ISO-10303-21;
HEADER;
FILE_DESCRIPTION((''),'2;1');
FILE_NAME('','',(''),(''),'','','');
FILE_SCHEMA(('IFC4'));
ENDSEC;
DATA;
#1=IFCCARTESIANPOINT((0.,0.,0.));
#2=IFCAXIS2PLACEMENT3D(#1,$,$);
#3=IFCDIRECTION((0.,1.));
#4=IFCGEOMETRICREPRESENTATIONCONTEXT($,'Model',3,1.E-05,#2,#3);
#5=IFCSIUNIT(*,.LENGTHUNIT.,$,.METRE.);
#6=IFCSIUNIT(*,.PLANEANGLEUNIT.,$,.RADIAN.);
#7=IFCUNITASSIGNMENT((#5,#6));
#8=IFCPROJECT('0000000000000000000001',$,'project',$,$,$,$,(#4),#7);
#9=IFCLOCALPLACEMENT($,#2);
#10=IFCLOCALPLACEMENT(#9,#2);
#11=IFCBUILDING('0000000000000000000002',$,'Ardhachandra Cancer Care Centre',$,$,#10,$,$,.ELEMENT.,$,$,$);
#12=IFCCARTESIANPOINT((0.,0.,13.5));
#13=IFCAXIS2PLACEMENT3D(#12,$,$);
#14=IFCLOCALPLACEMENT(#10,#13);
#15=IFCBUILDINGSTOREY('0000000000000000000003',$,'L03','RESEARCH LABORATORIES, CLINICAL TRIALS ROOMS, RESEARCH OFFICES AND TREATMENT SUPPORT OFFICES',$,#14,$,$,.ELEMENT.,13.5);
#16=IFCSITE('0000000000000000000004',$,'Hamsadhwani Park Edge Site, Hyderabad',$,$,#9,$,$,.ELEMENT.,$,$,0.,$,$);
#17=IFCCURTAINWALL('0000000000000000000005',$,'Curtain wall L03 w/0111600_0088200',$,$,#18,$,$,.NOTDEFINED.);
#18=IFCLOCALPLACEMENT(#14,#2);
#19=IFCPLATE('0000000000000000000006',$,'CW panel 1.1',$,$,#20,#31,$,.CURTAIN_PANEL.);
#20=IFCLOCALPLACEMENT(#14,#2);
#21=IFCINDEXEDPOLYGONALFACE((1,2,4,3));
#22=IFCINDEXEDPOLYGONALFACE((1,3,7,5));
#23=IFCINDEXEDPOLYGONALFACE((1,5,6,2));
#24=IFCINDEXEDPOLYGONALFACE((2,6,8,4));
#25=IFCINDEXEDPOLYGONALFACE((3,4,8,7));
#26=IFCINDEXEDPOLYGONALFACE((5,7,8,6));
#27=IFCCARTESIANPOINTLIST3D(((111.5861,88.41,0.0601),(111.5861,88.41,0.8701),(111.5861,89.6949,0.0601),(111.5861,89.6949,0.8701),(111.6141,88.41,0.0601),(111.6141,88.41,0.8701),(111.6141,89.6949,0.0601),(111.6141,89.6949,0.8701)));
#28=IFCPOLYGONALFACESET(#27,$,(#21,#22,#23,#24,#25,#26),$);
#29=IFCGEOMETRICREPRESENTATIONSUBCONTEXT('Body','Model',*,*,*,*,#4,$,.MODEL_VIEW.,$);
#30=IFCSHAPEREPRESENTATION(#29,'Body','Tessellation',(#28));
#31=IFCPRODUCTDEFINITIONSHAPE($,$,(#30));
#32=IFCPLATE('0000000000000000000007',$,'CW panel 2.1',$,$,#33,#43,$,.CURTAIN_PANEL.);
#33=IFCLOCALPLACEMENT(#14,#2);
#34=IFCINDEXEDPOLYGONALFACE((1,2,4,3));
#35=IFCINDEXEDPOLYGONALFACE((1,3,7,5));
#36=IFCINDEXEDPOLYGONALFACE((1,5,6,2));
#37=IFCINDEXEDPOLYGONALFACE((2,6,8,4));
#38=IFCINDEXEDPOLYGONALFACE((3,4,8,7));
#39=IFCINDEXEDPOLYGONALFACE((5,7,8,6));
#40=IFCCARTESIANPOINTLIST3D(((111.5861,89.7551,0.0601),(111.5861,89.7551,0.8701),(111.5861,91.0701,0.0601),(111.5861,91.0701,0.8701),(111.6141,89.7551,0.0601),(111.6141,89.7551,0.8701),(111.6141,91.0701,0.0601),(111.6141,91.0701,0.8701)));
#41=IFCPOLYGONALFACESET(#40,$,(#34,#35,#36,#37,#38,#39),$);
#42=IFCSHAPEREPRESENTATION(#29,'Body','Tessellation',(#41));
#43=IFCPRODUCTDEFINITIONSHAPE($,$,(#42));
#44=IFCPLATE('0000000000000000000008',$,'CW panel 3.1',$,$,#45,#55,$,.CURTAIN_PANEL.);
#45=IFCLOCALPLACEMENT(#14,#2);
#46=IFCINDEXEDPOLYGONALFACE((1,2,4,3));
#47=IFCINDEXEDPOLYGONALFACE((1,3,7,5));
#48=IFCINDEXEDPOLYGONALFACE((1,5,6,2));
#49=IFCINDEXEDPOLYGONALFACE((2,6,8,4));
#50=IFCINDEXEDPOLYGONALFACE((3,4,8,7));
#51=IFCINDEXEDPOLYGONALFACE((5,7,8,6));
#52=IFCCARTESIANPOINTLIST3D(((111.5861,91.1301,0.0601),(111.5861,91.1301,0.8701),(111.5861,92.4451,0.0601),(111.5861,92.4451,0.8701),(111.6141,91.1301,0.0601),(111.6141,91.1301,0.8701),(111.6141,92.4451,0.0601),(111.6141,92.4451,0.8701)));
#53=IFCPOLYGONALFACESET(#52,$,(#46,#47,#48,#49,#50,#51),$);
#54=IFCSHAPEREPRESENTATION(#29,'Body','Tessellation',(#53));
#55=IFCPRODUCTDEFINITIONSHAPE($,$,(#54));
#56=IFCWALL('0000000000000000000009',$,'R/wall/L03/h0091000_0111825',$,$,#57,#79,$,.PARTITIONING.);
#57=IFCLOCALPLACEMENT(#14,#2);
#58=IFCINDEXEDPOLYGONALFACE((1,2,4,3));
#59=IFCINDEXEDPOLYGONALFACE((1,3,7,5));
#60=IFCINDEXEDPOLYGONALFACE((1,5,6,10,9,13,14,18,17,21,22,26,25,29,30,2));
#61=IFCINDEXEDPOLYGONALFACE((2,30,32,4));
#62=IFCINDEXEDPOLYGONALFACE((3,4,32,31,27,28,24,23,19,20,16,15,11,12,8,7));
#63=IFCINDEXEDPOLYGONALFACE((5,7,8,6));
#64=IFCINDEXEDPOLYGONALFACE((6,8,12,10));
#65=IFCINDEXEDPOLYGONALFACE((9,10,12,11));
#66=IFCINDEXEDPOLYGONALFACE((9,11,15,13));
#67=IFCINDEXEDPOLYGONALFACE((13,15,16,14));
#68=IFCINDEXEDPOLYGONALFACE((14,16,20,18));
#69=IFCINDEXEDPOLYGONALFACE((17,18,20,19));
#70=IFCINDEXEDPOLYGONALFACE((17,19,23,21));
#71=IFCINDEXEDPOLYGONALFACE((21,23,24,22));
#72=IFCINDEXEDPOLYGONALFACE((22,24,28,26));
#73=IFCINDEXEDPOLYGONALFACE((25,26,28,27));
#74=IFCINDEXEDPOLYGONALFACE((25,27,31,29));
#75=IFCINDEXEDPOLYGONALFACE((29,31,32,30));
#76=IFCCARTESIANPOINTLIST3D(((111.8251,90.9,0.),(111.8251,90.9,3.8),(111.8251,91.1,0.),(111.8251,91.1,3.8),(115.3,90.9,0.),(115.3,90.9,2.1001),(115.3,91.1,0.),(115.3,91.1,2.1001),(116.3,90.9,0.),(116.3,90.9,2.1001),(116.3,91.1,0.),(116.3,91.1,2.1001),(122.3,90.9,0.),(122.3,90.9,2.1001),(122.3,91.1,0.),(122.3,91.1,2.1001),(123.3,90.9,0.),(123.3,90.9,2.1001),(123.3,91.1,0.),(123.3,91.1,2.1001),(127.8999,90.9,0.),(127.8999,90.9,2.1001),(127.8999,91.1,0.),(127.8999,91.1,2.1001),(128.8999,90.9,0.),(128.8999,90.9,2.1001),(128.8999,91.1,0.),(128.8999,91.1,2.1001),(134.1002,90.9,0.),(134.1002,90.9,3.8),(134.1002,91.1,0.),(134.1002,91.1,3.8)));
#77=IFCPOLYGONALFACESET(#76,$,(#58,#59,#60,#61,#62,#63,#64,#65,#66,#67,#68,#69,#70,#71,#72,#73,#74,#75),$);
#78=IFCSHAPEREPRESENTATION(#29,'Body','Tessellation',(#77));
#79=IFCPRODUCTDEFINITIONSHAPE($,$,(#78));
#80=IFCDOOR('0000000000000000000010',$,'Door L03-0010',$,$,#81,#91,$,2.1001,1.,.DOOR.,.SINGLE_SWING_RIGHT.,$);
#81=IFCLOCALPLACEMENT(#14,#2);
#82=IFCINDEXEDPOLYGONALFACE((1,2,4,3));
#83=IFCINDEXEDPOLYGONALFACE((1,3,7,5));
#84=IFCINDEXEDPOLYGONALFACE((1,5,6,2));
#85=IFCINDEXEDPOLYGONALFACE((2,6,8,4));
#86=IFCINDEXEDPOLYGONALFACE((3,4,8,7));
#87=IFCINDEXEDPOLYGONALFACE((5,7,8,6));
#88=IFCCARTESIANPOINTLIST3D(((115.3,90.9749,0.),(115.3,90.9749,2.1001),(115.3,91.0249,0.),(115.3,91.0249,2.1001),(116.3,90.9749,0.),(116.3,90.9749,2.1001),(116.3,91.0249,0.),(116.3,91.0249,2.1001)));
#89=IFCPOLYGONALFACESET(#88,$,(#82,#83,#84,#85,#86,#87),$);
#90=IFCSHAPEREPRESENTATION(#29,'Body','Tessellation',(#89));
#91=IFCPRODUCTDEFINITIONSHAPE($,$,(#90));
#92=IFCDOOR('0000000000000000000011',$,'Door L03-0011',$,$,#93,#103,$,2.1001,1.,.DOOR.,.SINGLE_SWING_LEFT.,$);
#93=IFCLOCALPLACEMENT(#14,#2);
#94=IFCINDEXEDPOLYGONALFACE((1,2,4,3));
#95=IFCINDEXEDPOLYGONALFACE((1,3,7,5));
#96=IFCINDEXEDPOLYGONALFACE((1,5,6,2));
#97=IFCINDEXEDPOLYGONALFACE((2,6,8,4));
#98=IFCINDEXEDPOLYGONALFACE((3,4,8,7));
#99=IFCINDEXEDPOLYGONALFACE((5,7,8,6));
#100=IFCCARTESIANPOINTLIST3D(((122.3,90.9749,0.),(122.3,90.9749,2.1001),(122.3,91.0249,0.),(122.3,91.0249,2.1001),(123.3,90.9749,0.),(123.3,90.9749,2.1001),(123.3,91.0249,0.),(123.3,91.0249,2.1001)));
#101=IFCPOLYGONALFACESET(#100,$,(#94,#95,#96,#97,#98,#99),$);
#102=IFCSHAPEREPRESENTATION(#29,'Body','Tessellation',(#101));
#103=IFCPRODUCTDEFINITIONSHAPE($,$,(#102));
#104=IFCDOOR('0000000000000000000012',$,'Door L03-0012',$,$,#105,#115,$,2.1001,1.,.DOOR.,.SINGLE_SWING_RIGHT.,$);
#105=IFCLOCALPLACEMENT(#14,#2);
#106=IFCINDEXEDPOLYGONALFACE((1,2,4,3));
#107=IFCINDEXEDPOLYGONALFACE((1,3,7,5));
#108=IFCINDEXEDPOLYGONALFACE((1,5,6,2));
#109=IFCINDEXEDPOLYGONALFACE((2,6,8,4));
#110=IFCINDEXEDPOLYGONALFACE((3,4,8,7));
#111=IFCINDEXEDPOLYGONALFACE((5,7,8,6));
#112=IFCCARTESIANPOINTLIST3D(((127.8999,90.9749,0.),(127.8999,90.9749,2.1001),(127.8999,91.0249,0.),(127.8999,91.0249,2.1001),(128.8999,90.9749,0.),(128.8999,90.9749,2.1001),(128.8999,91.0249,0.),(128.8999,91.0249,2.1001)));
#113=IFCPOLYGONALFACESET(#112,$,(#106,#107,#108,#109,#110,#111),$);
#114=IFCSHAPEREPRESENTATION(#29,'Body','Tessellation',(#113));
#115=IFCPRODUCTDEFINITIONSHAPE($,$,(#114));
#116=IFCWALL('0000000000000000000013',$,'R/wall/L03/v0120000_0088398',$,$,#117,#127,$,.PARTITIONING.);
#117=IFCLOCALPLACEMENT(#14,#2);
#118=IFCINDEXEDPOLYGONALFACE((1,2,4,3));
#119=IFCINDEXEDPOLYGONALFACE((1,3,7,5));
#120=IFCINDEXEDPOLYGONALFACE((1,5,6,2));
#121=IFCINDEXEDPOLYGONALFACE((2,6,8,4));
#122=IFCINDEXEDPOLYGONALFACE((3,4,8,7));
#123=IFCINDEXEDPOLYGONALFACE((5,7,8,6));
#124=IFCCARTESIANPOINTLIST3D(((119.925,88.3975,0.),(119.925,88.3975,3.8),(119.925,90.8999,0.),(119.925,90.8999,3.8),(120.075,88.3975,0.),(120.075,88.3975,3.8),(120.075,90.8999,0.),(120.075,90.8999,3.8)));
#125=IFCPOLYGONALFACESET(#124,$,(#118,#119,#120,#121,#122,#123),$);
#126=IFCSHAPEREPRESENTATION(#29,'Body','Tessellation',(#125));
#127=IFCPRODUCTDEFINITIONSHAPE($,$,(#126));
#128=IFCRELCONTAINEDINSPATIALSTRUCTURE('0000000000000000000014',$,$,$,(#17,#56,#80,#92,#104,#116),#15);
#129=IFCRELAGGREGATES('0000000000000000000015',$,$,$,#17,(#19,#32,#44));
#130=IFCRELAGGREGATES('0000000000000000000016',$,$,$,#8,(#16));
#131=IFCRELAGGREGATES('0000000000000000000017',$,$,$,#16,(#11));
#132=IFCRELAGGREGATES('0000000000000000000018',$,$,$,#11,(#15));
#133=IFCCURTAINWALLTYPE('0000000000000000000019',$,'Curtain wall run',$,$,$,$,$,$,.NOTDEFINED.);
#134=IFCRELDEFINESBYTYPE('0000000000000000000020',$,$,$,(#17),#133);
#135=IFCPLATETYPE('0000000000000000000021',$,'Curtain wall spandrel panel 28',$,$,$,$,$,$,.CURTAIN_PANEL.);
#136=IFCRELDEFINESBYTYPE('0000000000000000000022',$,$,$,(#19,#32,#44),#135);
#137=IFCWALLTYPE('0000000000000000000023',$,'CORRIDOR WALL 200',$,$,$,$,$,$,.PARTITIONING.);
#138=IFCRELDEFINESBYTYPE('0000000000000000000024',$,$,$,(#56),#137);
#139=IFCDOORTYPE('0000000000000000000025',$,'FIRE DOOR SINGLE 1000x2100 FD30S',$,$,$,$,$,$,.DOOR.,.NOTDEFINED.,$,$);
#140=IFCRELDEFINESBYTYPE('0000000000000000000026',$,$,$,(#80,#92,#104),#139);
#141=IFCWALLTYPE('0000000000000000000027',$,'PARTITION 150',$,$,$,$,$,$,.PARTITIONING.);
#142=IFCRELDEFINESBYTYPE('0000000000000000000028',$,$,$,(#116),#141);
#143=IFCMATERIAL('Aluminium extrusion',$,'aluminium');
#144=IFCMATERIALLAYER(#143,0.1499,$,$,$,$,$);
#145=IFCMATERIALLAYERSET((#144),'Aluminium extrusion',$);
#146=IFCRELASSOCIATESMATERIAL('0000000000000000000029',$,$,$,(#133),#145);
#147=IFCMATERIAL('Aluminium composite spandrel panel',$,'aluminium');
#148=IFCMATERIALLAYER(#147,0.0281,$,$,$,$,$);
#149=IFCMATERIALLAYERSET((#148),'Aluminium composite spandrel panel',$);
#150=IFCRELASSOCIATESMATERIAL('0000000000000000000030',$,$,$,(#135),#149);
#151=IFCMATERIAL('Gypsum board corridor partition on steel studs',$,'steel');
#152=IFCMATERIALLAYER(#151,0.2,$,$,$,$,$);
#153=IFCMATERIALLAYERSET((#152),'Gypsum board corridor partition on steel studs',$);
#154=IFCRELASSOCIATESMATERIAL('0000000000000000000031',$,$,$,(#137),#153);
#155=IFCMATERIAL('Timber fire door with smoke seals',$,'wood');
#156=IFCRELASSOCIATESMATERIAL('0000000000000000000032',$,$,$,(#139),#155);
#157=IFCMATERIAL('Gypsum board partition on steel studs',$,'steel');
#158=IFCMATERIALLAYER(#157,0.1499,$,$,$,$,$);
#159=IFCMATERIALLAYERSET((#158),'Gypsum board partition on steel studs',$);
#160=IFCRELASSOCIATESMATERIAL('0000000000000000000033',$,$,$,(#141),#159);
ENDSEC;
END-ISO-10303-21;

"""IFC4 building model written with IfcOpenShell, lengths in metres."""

from ifc_helpers import new_model, si_unit, direction, frame, frame_2d, origin, origin_2d, place, context, subcontext, project, spatial, rectangle, extrude, material, layer, layer_set, type_object, element, fill, aggregate, save


model = new_model("IFC4")

# Units and contexts
model_context = context("Model", 3, precision=1e-05, world=origin(), true_north=direction((0.0, 1.0)))
body_context = subcontext(model_context, "Body", "Model", "MODEL_VIEW")
ifc_project = project(units=[si_unit("LENGTHUNIT", "METRE"), si_unit("PLANEANGLEUNIT", "RADIAN")], contexts=[model_context])

# Site, building, storey
site_placement = place(None, origin())
site = spatial("IfcSite", under=ifc_project, at=site_placement, Name="Hamsadhwani Park Edge Site, Hyderabad", CompositionType="ELEMENT", RefElevation=0.0)
building_placement = place(site_placement, origin())
building = spatial("IfcBuilding", under=site, at=building_placement, Name="Ardhachandra Cancer Care Centre", CompositionType="ELEMENT")
storey_placement = place(building_placement, frame((0.0, 0.0, 13.5)))
storey = spatial("IfcBuildingStorey", under=building, at=storey_placement, Name="L03", Description="RESEARCH LABORATORIES, CLINICAL TRIALS ROOMS, RESEARCH OFFICES AND TREATMENT SUPPORT OFFICES", CompositionType="ELEMENT", Elevation=13.5)

# Curtain wall, plates
ifc_material_1 = material(Name="Aluminium extrusion", Category="aluminium")
ifc_layer_1 = layer(ifc_material_1, 0.1499)
ifc_layer_set_1 = layer_set([ifc_layer_1], Name="Aluminium extrusion")
curtain_wall_type = type_object("IfcCurtainWallType", Name="Curtain wall run", PredefinedType="NOTDEFINED", material=ifc_layer_set_1)
curtain_wall_placement = place(storey_placement, origin())
curtain_wall = element("IfcCurtainWall", 1, at=curtain_wall_placement, inside=storey, type_object=curtain_wall_type, Name="Curtain wall L03 w/0111600_0088200", PredefinedType="NOTDEFINED")
ifc_material_2 = material(Name="Aluminium composite spandrel panel", Category="aluminium")
ifc_layer_2 = layer(ifc_material_2, 0.0281)
ifc_layer_set_2 = layer_set([ifc_layer_2], Name="Aluminium composite spandrel panel")
plate_type_1 = type_object("IfcPlateType", Name="Curtain wall spandrel panel 28", PredefinedType="CURTAIN_PANEL", material=ifc_layer_set_2)
plate_1_placement = place(storey_placement, frame((111.6001, 89.0525, 0.0601), z_axis=(0.0, 0.0, 1.0), x_axis=(0.0, 1.0, 0.0)))
plate_1 = element("IfcPlate", 2, at=plate_1_placement, type_object=plate_type_1, Name="CW panel 1.1", PredefinedType="CURTAIN_PANEL", context=body_context, shape_type="SweptSolid", body=[
    extrude(rectangle(XDim=1.2849, YDim=0.0281, at=origin_2d()), origin(), (0.0, 0.0, 1.0), 0.8101),
])
plate_2_placement = place(storey_placement, frame((111.6001, 90.4126, 0.0601), z_axis=(0.0, 0.0, 1.0), x_axis=(0.0, 1.0, 0.0)))
plate_2 = element("IfcPlate", 3, at=plate_2_placement, type_object=plate_type_1, Name="CW panel 2.1", PredefinedType="CURTAIN_PANEL", context=body_context, shape_type="SweptSolid", body=[
    extrude(rectangle(XDim=1.3149, YDim=0.0281, at=origin_2d()), origin(), (0.0, 0.0, 1.0), 0.8101),
])
plate_3_placement = place(storey_placement, frame((111.6001, 91.7876, 0.0601), z_axis=(0.0, 0.0, 1.0), x_axis=(0.0, 1.0, 0.0)))
plate_3 = element("IfcPlate", 4, at=plate_3_placement, type_object=plate_type_1, Name="CW panel 3.1", PredefinedType="CURTAIN_PANEL", context=body_context, shape_type="SweptSolid", body=[
    extrude(rectangle(XDim=1.3149, YDim=0.0281, at=origin_2d()), origin(), (0.0, 0.0, 1.0), 0.8101),
])
aggregate(curtain_wall, [plate_1, plate_2, plate_3])

# Wall, openings, doors
ifc_material_3 = material(Name="Gypsum board corridor partition on steel studs", Category="steel")
ifc_layer_3 = layer(ifc_material_3, 0.2)
ifc_layer_set_3 = layer_set([ifc_layer_3], Name="Gypsum board corridor partition on steel studs")
wall_type_1 = type_object("IfcWallType", Name="CORRIDOR WALL 200", PredefinedType="PARTITIONING", material=ifc_layer_set_3)
wall_1_placement = place(storey_placement, frame((111.825, 91.0, 0.0), z_axis=(0.0, 0.0, 1.0), x_axis=(1.0, 0.0, 0.0)))
wall_1 = element("IfcWall", 5, at=wall_1_placement, inside=storey, type_object=wall_type_1, Name="R/wall/L03/h0091000_0111825", PredefinedType="PARTITIONING", context=body_context, shape_type="SweptSolid", body=[
    extrude(rectangle(XDim=22.2751, YDim=0.2, at=frame_2d((11.1377, 0.0))), origin(), (0.0, 0.0, 1.0), 3.8),
])
opening_1_placement = place(wall_1_placement, frame((3.4751, 0.0, 0.0)))
opening_1 = element("IfcOpeningElement", 6, at=opening_1_placement, cuts=wall_1, PredefinedType="OPENING", context=body_context, shape_type="SweptSolid", body=[
    extrude(rectangle(XDim=1.0, YDim=2.1001, at=frame_2d((0.5, 1.05))), frame((0.0, 0.1099, 0.0), z_axis=(0.0, -1.0, 0.0), x_axis=(1.0, 0.0, 0.0)), (0.0, 0.0, 1.0), 0.22),
])
opening_2_placement = place(wall_1_placement, frame((10.4751, 0.0, 0.0)))
opening_2 = element("IfcOpeningElement", 7, at=opening_2_placement, cuts=wall_1, PredefinedType="OPENING", context=body_context, shape_type="SweptSolid", body=[
    extrude(rectangle(XDim=1.0, YDim=2.1001, at=frame_2d((0.5, 1.05))), frame((0.0, 0.1099, 0.0), z_axis=(0.0, -1.0, 0.0), x_axis=(1.0, 0.0, 0.0)), (0.0, 0.0, 1.0), 0.22),
])
opening_3_placement = place(wall_1_placement, frame((16.075, 0.0, 0.0)))
opening_3 = element("IfcOpeningElement", 8, at=opening_3_placement, cuts=wall_1, PredefinedType="OPENING", context=body_context, shape_type="SweptSolid", body=[
    extrude(rectangle(XDim=1.0, YDim=2.1001, at=frame_2d((0.5, 1.05))), frame((0.0, 0.1099, 0.0), z_axis=(0.0, -1.0, 0.0), x_axis=(1.0, 0.0, 0.0)), (0.0, 0.0, 1.0), 0.22),
])
ifc_material_4 = material(Name="Timber fire door with smoke seals", Category="wood")
door_type = type_object("IfcDoorType", Name="FIRE DOOR SINGLE 1000x2100 FD30S", OperationType="NOTDEFINED", PredefinedType="DOOR", material=ifc_material_4)
door_1_placement = place(opening_1_placement, origin())
door_1 = element("IfcDoor", 9, at=door_1_placement, inside=storey, type_object=door_type, Name="Door L03-0010", OperationType="SINGLE_SWING_RIGHT", OverallHeight=2.1001, OverallWidth=1.0, PredefinedType="DOOR", context=body_context, shape_type="SweptSolid", body=[
    extrude(rectangle(XDim=1.0, YDim=2.1001, at=frame_2d((0.5, 1.05))), frame((0.0, 0.0249, 0.0), z_axis=(0.0, -1.0, 0.0), x_axis=(1.0, 0.0, 0.0)), (0.0, 0.0, 1.0), 0.05),
])
fill(opening_1, door_1)
door_2_placement = place(opening_2_placement, origin())
door_2 = element("IfcDoor", 10, at=door_2_placement, inside=storey, type_object=door_type, Name="Door L03-0011", OperationType="SINGLE_SWING_LEFT", OverallHeight=2.1001, OverallWidth=1.0, PredefinedType="DOOR", context=body_context, shape_type="SweptSolid", body=[
    extrude(rectangle(XDim=1.0, YDim=2.1001, at=frame_2d((0.5, 1.05))), frame((0.0, 0.0249, 0.0), z_axis=(0.0, -1.0, 0.0), x_axis=(1.0, 0.0, 0.0)), (0.0, 0.0, 1.0), 0.05),
])
fill(opening_2, door_2)
door_3_placement = place(opening_3_placement, origin())
door_3 = element("IfcDoor", 11, at=door_3_placement, inside=storey, type_object=door_type, Name="Door L03-0012", OperationType="SINGLE_SWING_RIGHT", OverallHeight=2.1001, OverallWidth=1.0, PredefinedType="DOOR", context=body_context, shape_type="SweptSolid", body=[
    extrude(rectangle(XDim=1.0, YDim=2.1001, at=frame_2d((0.5, 1.05))), frame((0.0, 0.0249, 0.0), z_axis=(0.0, -1.0, 0.0), x_axis=(1.0, 0.0, 0.0)), (0.0, 0.0, 1.0), 0.05),
])
fill(opening_3, door_3)

# Wall
ifc_material_5 = material(Name="Gypsum board partition on steel studs", Category="steel")
ifc_layer_4 = layer(ifc_material_5, 0.1499)
ifc_layer_set_4 = layer_set([ifc_layer_4], Name="Gypsum board partition on steel studs")
wall_type_2 = type_object("IfcWallType", Name="PARTITION 150", PredefinedType="PARTITIONING", material=ifc_layer_set_4)
wall_2_placement = place(storey_placement, frame((120.0, 88.3975, 0.0), z_axis=(0.0, 0.0, 1.0), x_axis=(0.0, 1.0, 0.0)))
element("IfcWall", 12, at=wall_2_placement, inside=storey, type_object=wall_type_2, Name="R/wall/L03/v0120000_0088398", PredefinedType="PARTITIONING", context=body_context, shape_type="SweptSolid", body=[
    extrude(rectangle(XDim=2.5024, YDim=0.1499, at=frame_2d((1.2512, 0.0))), origin(), (0.0, 0.0, 1.0), 3.8),
])

save(model, "model.ifc")
